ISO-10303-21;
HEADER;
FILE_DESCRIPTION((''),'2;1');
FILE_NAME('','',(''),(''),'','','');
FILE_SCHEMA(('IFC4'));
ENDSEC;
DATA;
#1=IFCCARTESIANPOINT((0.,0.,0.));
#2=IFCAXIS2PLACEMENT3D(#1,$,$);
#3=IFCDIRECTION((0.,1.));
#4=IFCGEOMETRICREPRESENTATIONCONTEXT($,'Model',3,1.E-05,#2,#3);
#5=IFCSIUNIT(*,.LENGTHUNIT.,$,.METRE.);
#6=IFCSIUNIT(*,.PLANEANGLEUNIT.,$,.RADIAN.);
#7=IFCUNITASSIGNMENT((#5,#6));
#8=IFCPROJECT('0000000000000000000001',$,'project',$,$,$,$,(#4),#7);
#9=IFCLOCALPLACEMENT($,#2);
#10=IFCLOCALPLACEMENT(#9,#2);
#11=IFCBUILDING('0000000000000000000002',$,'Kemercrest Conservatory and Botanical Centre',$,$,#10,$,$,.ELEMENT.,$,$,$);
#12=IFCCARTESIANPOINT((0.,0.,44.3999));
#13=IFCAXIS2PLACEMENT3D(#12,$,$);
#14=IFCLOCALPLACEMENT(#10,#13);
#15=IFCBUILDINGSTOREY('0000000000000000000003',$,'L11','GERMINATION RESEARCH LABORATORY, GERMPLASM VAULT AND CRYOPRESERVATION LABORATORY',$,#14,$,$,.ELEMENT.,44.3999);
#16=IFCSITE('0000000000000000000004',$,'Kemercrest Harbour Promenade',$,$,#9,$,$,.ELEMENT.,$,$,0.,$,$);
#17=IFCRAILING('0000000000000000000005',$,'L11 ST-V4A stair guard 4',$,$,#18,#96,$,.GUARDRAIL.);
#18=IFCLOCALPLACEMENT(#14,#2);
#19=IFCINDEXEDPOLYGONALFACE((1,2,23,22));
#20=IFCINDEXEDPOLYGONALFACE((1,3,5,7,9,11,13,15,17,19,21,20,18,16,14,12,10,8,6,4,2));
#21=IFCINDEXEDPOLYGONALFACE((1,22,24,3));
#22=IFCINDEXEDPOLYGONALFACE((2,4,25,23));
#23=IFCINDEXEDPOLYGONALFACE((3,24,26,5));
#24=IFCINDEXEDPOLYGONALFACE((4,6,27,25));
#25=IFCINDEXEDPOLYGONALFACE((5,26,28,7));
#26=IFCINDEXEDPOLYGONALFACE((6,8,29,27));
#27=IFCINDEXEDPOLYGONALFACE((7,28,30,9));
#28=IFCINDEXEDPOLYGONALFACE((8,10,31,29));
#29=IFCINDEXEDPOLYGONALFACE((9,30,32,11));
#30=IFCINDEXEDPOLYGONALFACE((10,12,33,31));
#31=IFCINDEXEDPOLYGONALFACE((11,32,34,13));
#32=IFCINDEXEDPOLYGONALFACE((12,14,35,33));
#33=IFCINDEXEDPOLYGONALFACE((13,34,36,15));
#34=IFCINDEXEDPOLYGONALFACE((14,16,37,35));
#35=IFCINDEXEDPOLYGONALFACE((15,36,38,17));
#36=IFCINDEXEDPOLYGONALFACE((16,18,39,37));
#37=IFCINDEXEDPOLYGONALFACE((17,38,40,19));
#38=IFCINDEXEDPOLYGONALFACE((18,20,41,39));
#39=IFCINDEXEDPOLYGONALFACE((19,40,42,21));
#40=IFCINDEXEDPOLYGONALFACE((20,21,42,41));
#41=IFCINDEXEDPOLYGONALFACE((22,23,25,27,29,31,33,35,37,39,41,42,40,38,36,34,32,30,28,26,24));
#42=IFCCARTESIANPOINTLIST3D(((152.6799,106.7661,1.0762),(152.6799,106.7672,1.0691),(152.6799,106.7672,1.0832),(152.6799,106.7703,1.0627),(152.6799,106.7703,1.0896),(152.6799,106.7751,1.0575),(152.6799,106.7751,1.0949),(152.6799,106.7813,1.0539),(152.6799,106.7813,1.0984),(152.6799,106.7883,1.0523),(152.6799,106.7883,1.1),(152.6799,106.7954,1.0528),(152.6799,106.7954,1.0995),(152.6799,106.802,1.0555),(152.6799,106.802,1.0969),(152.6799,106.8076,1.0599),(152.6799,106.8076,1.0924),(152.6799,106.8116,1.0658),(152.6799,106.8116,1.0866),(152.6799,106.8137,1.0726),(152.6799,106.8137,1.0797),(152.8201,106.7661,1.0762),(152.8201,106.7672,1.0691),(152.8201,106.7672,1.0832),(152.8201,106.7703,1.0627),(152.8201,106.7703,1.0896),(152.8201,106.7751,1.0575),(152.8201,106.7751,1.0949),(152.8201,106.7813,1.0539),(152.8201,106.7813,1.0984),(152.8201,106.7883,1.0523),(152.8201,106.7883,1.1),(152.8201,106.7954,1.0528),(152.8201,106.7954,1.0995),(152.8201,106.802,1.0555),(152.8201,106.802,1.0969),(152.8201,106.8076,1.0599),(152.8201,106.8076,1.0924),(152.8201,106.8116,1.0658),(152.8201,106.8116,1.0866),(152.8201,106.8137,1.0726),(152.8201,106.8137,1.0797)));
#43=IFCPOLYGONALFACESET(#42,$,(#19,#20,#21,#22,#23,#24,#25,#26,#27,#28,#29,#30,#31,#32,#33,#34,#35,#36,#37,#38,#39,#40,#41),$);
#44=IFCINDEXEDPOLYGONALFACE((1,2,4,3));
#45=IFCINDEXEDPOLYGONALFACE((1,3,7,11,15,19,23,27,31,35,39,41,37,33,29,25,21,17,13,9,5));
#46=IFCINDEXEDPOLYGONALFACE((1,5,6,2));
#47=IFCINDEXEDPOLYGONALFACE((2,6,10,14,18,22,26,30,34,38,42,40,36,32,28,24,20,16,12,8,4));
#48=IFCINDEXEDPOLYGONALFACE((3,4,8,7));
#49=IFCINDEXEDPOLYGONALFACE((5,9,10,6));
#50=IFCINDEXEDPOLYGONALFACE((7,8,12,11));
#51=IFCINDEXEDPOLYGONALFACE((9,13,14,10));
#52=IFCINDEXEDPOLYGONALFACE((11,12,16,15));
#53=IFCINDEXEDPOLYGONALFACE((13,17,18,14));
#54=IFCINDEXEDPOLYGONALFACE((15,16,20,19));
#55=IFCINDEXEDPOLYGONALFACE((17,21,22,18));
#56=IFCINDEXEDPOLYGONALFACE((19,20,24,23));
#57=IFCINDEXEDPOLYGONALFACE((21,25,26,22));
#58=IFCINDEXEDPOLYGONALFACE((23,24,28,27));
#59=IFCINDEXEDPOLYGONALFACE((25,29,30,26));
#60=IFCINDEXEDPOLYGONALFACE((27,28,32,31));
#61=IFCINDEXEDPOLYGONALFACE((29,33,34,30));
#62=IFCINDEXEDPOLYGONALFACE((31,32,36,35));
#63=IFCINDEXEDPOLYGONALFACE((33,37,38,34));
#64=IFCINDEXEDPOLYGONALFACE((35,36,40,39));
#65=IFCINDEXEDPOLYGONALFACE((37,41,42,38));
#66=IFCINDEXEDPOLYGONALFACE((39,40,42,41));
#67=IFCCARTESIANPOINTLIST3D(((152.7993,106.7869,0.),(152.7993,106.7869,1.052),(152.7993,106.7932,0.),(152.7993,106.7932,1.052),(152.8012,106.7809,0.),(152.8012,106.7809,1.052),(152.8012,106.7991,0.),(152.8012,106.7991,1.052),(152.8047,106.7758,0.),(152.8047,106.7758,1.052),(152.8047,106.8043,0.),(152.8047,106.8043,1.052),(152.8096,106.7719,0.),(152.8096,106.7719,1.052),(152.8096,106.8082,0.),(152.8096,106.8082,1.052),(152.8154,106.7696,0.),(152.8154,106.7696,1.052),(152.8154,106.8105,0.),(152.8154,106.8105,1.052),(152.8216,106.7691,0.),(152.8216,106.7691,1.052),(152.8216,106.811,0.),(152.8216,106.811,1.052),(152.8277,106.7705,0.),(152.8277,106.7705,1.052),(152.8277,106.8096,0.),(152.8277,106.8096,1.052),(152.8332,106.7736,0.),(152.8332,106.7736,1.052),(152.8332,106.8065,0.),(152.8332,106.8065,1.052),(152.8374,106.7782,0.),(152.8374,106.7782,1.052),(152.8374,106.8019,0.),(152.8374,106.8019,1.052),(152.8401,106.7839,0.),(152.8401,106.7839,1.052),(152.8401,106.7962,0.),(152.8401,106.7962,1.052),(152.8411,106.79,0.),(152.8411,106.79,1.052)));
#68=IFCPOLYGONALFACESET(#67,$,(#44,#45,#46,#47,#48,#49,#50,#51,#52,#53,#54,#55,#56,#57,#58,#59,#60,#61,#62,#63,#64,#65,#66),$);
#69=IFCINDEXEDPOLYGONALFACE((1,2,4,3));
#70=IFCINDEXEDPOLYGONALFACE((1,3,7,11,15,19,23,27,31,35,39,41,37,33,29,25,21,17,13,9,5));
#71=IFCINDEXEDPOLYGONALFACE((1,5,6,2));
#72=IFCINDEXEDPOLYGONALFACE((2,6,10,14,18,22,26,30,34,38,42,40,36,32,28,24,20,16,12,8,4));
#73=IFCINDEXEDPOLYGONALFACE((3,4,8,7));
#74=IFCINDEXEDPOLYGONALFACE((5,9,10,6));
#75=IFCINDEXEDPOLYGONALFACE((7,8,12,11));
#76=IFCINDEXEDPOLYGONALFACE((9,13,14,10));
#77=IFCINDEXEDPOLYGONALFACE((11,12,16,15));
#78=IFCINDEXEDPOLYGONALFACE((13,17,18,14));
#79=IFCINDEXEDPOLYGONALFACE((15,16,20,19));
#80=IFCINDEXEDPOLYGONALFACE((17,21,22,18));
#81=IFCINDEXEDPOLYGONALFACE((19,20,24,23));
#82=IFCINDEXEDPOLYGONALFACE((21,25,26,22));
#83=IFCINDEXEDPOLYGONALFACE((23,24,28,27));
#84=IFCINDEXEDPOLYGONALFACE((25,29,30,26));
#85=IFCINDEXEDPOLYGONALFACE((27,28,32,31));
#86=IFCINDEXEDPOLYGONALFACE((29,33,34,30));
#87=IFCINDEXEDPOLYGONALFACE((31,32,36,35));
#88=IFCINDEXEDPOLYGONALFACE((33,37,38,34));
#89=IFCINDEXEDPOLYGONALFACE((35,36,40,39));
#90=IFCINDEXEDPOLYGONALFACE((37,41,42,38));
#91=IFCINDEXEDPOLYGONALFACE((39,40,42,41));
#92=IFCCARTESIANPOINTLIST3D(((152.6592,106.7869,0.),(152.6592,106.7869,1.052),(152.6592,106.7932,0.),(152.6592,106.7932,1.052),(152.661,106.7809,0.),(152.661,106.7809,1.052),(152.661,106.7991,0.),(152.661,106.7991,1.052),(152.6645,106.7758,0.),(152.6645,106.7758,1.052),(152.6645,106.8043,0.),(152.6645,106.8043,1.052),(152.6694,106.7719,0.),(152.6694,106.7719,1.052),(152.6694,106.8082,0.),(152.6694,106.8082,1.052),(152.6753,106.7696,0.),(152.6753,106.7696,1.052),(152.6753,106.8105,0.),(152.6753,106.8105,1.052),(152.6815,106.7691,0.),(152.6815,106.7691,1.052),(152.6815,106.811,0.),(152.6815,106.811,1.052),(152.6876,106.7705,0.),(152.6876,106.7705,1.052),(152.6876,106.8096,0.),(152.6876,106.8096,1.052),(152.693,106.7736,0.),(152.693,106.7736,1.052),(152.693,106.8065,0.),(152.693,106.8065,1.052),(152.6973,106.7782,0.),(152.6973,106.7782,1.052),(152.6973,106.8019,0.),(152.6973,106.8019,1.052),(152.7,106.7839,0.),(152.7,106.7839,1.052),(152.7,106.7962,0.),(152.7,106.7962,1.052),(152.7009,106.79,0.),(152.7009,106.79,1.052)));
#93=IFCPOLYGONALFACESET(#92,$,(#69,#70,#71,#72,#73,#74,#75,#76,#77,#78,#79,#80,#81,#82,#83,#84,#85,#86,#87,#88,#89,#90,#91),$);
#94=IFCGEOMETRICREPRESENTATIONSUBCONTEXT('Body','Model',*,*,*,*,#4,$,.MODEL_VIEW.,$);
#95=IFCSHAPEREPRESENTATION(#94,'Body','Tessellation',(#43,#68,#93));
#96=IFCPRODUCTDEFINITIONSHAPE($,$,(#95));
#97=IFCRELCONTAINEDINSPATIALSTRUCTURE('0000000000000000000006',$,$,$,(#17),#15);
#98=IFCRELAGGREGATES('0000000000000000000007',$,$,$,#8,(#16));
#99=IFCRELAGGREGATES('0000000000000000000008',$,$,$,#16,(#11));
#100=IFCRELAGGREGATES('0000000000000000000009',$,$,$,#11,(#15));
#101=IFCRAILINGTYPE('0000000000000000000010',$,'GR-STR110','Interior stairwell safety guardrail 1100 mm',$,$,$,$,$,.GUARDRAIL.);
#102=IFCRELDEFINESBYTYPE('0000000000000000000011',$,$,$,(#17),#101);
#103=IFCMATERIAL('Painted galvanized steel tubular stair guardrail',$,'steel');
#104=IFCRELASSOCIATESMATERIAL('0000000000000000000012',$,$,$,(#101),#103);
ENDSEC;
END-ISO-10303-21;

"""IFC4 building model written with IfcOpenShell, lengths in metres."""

from ifc_helpers import new_model, si_unit, direction, frame, origin, origin_2d, place, context, subcontext, project, spatial, circle, extrude, material, type_object, element, save


model = new_model("IFC4")

# Units and contexts
model_context = context("Model", 3, precision=1e-05, world=origin(), true_north=direction((0.0, 1.0)))
body_context = subcontext(model_context, "Body", "Model", "MODEL_VIEW")
ifc_project = project(units=[si_unit("LENGTHUNIT", "METRE"), si_unit("PLANEANGLEUNIT", "RADIAN")], contexts=[model_context])

# Site, building, storey
site_placement = place(None, origin())
site = spatial("IfcSite", under=ifc_project, at=site_placement, Name="Kemercrest Harbour Promenade", CompositionType="ELEMENT", RefElevation=0.0)
building_placement = place(site_placement, origin())
building = spatial("IfcBuilding", under=site, at=building_placement, Name="Kemercrest Conservatory and Botanical Centre", CompositionType="ELEMENT")
storey_placement = place(building_placement, frame((0.0, 0.0, 44.3999)))
storey = spatial("IfcBuildingStorey", under=building, at=storey_placement, Name="L11", Description="GERMINATION RESEARCH LABORATORY, GERMPLASM VAULT AND CRYOPRESERVATION LABORATORY", CompositionType="ELEMENT", Elevation=44.3999)

# Railing
ifc_material_1 = material(Name="Painted galvanized steel tubular stair guardrail", Category="steel")
railing_type_1 = type_object("IfcRailingType", Name="GR-STR110", Description="Interior stairwell safety guardrail 1100 mm", PredefinedType="GUARDRAIL", material=ifc_material_1)
railing_1_placement = place(storey_placement, frame((152.8201, 106.79, 0.0)))
element("IfcRailing", 1, at=railing_1_placement, inside=storey, type_object=railing_type_1, Name="L11 ST-V4A stair guard 4", PredefinedType="GUARDRAIL", context=body_context, shape_type="SweptSolid", body=[
    extrude(circle(Radius=0.0239, at=origin_2d()), frame((0.0, 0.0, 1.0762), z_axis=(-1.0, 0.0, 0.0), x_axis=(0.0, -1.0, 0.0)), (0.0, 0.0, 1.0), 0.1401),
    extrude(circle(Radius=0.021, at=origin_2d()), origin(), (0.0, 0.0, 1.0), 1.052),
    extrude(circle(Radius=0.021, at=origin_2d()), frame((-0.1401, 0.0, 0.0)), (0.0, 0.0, 1.0), 1.052),
])

save(model, "model.ifc")
